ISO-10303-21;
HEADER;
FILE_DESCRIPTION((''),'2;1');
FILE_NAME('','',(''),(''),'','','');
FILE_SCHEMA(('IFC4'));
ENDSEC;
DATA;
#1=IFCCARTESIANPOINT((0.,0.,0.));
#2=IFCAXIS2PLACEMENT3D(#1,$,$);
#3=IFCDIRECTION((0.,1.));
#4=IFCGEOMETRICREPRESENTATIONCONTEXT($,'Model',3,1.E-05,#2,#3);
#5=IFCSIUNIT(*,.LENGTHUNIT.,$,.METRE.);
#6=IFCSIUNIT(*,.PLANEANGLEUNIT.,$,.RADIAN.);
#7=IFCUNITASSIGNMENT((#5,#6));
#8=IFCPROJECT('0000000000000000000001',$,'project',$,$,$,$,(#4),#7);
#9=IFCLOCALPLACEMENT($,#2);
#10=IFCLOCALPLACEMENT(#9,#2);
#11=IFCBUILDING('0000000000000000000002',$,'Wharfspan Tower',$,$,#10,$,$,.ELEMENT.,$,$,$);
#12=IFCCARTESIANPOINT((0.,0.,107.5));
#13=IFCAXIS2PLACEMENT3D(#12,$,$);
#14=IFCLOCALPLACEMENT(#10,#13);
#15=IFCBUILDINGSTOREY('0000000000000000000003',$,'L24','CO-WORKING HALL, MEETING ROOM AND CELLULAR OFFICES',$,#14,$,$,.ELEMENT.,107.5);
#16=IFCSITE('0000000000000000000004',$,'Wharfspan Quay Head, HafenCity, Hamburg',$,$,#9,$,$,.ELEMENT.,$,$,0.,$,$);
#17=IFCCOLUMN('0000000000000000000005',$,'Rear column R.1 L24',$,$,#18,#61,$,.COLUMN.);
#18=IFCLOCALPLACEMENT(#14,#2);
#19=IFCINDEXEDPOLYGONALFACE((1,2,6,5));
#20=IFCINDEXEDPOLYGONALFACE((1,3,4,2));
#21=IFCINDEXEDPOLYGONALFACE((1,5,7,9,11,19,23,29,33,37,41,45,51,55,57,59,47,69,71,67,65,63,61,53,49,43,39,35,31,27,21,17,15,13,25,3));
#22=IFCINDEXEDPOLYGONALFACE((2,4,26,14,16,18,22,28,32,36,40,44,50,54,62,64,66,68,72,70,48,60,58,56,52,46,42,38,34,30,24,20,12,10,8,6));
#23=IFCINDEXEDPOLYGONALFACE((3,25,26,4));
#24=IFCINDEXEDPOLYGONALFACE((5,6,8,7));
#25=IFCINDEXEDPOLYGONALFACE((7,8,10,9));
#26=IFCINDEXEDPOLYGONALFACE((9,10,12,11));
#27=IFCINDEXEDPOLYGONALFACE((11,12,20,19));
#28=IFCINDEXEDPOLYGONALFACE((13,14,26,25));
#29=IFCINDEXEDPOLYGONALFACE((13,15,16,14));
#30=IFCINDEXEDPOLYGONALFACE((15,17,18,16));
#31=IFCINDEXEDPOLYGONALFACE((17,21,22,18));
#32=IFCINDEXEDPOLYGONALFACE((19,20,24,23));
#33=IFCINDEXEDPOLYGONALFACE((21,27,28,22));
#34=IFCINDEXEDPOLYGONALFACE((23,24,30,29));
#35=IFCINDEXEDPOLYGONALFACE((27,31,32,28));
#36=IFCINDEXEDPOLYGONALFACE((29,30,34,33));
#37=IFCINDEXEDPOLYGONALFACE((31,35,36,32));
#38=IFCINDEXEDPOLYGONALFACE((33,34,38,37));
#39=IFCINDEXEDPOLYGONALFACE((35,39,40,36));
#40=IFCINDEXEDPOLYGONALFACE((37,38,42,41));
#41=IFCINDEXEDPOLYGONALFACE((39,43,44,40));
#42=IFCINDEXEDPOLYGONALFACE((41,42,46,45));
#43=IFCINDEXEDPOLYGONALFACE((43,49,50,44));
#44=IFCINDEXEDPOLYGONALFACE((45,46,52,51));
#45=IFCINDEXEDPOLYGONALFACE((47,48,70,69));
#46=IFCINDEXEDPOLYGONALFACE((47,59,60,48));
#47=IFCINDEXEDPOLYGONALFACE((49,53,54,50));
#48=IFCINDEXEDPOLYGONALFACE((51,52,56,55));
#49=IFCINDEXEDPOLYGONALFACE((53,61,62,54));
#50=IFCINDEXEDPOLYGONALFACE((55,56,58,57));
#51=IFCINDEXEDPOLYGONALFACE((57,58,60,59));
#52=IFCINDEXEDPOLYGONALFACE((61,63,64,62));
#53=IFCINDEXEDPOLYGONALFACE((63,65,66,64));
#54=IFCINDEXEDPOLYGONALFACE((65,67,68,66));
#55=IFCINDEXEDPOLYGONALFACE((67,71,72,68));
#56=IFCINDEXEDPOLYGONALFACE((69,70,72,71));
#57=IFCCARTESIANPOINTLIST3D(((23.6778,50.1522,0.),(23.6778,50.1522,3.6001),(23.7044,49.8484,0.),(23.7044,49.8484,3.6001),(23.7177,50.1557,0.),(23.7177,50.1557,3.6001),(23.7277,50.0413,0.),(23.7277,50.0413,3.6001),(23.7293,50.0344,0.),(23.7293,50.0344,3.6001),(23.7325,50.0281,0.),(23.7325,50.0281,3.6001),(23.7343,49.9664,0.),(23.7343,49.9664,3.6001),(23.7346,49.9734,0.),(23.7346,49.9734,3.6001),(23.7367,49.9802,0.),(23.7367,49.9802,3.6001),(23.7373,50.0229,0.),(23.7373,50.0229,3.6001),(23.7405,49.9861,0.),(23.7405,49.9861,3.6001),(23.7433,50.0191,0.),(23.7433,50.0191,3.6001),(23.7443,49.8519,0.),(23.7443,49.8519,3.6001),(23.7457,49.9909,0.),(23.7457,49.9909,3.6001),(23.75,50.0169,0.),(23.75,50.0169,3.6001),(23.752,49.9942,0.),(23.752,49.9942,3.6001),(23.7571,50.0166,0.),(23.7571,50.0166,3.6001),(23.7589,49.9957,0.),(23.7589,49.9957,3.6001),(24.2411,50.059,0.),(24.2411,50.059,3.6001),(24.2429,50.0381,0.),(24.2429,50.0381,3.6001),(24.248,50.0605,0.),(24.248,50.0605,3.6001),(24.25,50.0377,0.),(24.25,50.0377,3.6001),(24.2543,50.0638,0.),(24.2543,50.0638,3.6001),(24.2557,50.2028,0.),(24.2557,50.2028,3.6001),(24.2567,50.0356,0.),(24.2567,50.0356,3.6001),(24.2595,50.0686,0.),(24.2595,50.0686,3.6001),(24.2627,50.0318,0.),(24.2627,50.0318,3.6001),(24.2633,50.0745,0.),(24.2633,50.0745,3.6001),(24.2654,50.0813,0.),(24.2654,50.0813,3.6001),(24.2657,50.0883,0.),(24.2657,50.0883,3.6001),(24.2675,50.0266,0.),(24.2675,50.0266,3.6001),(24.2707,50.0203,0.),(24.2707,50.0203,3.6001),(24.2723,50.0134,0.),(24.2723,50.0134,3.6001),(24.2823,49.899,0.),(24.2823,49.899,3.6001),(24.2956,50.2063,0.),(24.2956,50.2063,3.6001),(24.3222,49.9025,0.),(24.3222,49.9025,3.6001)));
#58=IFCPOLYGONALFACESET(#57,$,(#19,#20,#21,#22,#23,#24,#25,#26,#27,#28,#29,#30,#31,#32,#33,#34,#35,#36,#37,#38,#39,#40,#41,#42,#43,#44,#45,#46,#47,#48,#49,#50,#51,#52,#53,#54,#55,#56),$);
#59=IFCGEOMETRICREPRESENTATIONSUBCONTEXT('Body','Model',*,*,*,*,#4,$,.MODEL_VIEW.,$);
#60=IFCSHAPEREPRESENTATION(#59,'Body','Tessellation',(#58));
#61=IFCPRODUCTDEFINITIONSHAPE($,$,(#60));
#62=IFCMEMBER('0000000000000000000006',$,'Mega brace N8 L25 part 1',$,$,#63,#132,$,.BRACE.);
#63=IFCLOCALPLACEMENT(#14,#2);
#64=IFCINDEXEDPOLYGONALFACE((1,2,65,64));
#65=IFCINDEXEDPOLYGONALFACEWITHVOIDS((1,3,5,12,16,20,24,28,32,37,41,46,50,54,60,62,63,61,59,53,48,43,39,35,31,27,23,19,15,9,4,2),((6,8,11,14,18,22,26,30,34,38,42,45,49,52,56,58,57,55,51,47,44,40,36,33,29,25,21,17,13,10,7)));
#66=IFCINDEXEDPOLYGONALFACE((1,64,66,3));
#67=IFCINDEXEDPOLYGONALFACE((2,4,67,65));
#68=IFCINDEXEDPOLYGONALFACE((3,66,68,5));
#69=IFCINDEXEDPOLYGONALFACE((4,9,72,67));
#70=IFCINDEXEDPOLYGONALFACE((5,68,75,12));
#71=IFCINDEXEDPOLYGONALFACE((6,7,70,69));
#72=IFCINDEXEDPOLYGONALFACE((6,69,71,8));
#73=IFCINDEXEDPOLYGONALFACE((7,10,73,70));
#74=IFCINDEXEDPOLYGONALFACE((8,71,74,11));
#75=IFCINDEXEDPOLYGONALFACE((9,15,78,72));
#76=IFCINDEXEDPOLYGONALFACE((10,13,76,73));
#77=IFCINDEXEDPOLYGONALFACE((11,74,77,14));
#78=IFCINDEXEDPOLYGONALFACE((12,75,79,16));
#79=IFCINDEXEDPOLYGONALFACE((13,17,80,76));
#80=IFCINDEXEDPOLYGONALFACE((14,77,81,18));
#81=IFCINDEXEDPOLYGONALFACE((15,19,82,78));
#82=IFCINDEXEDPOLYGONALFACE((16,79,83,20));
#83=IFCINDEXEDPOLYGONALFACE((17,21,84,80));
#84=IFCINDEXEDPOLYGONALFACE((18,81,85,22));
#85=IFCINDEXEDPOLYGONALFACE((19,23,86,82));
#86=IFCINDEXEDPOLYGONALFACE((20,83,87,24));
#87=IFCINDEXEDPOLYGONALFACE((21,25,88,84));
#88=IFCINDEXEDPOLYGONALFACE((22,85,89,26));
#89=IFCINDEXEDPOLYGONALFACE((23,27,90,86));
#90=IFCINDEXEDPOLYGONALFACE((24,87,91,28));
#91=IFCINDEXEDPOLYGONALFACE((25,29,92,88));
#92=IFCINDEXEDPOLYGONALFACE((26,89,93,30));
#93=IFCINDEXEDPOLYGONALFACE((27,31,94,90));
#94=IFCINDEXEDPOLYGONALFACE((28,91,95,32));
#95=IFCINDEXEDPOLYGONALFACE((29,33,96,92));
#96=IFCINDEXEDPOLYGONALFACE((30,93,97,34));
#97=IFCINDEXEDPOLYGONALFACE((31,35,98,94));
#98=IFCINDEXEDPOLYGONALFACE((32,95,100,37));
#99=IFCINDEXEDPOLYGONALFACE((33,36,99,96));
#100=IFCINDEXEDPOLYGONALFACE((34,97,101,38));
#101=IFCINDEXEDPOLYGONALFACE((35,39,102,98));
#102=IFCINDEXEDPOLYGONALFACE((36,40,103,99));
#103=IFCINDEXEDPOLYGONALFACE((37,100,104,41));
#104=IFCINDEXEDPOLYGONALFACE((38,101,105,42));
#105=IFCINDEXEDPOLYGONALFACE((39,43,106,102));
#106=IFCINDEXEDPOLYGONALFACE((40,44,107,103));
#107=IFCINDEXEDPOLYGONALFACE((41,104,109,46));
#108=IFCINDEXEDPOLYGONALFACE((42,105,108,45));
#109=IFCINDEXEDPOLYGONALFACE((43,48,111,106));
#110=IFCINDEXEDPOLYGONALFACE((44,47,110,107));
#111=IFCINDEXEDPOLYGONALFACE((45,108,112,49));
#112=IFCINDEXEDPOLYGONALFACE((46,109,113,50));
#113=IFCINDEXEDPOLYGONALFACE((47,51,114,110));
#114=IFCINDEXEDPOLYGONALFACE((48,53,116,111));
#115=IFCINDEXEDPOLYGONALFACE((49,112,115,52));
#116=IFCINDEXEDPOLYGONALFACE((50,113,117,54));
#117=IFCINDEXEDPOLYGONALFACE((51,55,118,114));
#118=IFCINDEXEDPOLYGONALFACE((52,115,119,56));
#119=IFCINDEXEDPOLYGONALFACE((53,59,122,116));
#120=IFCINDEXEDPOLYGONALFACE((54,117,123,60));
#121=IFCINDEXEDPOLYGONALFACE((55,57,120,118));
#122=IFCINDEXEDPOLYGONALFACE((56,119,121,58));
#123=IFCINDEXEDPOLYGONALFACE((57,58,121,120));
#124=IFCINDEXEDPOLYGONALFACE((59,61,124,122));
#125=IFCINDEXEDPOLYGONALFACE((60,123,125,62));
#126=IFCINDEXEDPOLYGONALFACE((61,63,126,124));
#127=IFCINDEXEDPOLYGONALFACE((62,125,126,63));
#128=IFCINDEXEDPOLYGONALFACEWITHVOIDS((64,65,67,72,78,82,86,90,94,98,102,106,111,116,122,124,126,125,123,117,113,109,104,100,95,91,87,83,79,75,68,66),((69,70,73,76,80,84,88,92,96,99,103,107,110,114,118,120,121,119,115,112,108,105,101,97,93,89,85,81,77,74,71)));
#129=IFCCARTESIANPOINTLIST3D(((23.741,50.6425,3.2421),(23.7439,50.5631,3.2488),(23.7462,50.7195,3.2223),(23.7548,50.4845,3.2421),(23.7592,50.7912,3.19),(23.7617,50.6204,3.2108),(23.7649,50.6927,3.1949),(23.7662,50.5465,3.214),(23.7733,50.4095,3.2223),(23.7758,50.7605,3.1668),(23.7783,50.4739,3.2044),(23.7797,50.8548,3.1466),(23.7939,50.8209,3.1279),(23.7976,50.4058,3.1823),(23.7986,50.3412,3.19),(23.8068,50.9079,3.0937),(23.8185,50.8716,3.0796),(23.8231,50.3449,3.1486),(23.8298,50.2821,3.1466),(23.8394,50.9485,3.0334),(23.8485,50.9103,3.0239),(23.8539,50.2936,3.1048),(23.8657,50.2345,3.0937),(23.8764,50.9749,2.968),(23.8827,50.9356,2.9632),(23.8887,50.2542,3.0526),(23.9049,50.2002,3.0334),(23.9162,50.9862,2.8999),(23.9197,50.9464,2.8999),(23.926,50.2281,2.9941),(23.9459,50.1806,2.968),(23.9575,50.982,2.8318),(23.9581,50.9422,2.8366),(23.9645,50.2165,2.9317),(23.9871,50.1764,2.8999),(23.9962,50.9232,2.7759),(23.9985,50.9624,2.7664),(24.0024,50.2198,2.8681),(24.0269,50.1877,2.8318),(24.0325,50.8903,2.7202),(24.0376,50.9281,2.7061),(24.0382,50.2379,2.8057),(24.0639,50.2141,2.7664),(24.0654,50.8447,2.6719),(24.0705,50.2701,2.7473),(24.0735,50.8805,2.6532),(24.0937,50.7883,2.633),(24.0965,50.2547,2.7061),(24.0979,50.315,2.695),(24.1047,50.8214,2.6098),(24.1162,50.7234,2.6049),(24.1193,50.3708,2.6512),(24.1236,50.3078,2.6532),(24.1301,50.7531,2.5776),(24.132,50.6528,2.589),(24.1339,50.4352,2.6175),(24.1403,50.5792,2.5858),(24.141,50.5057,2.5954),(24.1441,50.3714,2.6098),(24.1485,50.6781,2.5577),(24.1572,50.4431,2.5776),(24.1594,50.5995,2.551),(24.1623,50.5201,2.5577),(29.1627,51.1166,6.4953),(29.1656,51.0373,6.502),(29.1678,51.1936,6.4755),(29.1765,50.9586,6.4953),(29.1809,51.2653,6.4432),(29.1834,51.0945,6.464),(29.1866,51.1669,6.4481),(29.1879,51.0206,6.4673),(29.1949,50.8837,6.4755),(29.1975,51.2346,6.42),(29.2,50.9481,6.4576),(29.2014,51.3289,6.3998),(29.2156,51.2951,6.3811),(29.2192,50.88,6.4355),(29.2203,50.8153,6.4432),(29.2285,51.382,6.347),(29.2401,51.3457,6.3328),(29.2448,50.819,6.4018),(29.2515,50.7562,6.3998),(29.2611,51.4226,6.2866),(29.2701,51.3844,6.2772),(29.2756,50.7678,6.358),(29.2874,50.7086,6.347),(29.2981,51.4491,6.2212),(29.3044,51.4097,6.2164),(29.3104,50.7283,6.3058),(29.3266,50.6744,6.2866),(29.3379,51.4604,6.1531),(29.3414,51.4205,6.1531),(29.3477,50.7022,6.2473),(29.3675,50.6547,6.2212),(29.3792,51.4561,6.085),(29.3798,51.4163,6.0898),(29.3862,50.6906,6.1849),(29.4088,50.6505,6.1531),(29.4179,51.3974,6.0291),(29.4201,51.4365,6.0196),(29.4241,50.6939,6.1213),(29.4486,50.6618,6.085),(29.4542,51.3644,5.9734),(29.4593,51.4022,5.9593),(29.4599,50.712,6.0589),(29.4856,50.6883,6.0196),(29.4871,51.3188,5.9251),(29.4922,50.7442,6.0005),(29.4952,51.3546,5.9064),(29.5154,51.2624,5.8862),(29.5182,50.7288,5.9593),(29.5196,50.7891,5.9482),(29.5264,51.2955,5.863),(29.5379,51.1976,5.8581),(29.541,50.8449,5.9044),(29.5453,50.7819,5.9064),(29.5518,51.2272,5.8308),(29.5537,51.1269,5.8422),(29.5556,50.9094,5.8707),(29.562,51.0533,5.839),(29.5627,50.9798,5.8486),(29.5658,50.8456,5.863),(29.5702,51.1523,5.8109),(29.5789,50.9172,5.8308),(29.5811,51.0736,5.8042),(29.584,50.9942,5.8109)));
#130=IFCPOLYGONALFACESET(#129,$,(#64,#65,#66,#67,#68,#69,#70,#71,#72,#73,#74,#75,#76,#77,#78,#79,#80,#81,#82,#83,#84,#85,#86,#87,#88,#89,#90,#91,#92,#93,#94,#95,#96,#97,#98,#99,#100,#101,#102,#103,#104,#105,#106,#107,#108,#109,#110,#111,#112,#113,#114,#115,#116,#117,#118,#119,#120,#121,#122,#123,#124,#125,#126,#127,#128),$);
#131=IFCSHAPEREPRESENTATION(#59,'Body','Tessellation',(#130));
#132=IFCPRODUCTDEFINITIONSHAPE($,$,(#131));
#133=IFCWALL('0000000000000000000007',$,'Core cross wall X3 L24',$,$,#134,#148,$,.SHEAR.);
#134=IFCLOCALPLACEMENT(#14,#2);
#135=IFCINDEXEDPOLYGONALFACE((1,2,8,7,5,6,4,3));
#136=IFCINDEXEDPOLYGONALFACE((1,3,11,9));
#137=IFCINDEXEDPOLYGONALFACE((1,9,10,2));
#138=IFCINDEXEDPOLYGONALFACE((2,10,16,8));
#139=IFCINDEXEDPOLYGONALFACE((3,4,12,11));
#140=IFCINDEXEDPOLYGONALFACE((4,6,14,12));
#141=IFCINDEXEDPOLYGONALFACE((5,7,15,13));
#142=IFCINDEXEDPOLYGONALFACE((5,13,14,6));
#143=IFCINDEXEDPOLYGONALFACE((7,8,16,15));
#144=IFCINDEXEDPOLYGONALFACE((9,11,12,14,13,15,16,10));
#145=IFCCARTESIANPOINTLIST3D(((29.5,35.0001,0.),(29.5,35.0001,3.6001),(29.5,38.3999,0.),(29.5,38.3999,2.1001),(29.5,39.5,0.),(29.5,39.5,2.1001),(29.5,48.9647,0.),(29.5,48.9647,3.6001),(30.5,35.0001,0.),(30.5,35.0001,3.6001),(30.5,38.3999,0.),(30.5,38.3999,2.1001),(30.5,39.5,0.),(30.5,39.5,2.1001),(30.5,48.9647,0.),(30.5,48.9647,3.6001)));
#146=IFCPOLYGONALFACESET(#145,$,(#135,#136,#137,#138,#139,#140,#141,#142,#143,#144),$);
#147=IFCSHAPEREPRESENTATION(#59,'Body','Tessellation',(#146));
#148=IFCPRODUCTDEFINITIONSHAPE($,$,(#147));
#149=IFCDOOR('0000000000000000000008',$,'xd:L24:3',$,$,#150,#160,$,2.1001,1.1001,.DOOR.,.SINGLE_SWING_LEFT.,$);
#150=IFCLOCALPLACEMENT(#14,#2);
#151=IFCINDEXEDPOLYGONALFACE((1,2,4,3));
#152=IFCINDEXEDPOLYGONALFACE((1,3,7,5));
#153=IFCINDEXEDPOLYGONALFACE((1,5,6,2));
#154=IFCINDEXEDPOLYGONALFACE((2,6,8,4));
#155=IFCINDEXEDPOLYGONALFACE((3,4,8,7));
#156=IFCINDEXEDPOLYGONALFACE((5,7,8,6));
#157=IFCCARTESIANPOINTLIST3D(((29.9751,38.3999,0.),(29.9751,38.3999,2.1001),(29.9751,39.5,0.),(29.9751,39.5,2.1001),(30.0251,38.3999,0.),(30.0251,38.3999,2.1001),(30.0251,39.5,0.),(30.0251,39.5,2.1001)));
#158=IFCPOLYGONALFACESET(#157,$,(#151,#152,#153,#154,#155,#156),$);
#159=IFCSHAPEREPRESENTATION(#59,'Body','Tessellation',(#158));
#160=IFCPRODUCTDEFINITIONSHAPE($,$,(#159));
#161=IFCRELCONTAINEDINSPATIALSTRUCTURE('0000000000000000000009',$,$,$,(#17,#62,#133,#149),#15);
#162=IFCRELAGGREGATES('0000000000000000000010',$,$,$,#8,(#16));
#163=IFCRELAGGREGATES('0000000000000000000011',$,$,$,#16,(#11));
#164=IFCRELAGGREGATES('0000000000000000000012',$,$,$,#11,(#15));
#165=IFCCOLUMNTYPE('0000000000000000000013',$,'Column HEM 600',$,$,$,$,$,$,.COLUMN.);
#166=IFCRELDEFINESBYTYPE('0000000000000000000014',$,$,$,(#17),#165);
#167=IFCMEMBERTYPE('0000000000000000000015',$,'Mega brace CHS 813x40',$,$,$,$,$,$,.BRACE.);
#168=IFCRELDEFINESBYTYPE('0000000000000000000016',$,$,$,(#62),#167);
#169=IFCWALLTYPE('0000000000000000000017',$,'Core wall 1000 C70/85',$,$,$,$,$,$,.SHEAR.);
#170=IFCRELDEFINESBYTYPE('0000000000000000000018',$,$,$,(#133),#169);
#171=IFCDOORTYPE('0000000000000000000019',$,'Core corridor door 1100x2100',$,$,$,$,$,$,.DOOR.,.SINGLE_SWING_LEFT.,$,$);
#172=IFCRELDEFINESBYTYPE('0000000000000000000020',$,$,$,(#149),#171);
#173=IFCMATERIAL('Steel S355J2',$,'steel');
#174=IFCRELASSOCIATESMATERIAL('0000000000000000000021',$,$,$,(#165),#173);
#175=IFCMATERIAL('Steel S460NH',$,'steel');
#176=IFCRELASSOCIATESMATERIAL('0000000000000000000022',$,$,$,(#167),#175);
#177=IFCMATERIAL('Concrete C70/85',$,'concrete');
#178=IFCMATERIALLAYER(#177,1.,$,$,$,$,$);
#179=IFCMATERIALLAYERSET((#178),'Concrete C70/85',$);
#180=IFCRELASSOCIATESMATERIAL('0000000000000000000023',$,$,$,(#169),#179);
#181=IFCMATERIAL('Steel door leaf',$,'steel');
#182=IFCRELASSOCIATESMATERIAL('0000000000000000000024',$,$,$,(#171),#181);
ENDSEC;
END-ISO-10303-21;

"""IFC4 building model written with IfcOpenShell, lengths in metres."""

from ifc_helpers import new_model, si_unit, direction, frame, frame_2d, origin, origin_2d, place, context, subcontext, project, spatial, rectangle, hollow_circle, i_section, extrude, material, layer, layer_set, material_profile, profile_set, type_object, element, fill, save


model = new_model("IFC4")

# Units and contexts
model_context = context("Model", 3, precision=1e-05, world=origin(), true_north=direction((0.0, 1.0)))
body_context = subcontext(model_context, "Body", "Model", "MODEL_VIEW")
ifc_project = project(units=[si_unit("LENGTHUNIT", "METRE"), si_unit("PLANEANGLEUNIT", "RADIAN")], contexts=[model_context])

# Site, building, storey
site_placement = place(None, origin())
site = spatial("IfcSite", under=ifc_project, at=site_placement, Name="Wharfspan Quay Head, HafenCity, Hamburg", CompositionType="ELEMENT", RefElevation=0.0)
building_placement = place(site_placement, origin())
building = spatial("IfcBuilding", under=site, at=building_placement, Name="Wharfspan Tower", CompositionType="ELEMENT")
storey_placement = place(building_placement, frame((0.0, 0.0, 107.5)))
storey = spatial("IfcBuildingStorey", under=building, at=storey_placement, Name="L24", Description="CO-WORKING HALL, MEETING ROOM AND CELLULAR OFFICES", CompositionType="ELEMENT", Elevation=107.5)

# Column
ifc_material_1 = material(Name="Steel S355J2", Category="steel")
ifc_material_profile_1 = material_profile(ifc_material_1, i_section(OverallWidth=0.3049, OverallDepth=0.6201, WebThickness=0.021, FlangeThickness=0.04, FilletRadius=0.0271, at=origin_2d()))
ifc_profile_set_1 = profile_set([ifc_material_profile_1], Name="Steel S355J2")
column_type = type_object("IfcColumnType", Name="Column HEM 600", PredefinedType="COLUMN", material=ifc_profile_set_1)
column_placement = place(storey_placement, frame((24.0, 50.0273, 0.0), z_axis=(0.0, 0.0, 1.0), x_axis=(-0.087156, 0.996198, 0.0)))
element("IfcColumn", 1, at=column_placement, inside=storey, type_object=column_type, Name="Rear column R.1 L24", PredefinedType="COLUMN", context=body_context, shape_type="SweptSolid", body=[
    extrude(i_section(OverallWidth=0.3049, OverallDepth=0.6201, WebThickness=0.021, FlangeThickness=0.04, FilletRadius=0.0271, at=origin_2d()), origin(), (0.0, 0.0, 1.0), 3.6001),
])

# Member
ifc_material_2 = material(Name="Steel S460NH", Category="steel")
ifc_material_profile_2 = material_profile(ifc_material_2, hollow_circle(Radius=0.4065, WallThickness=0.04, at=origin_2d()))
ifc_profile_set_2 = profile_set([ifc_material_profile_2], Name="Steel S460NH")
member_type = type_object("IfcMemberType", Name="Mega brace CHS 813x40", PredefinedType="BRACE", material=ifc_profile_set_2)
member_placement = place(storey_placement, frame((23.9517, 50.5813, 2.8999), z_axis=(0.855079, 0.074777, 0.513078), x_axis=(-0.087118, 0.996199, 0.0)))
element("IfcMember", 2, at=member_placement, inside=storey, type_object=member_type, Name="Mega brace N8 L25 part 1", PredefinedType="BRACE", context=body_context, shape_type="SweptSolid", body=[
    extrude(hollow_circle(Radius=0.4065, WallThickness=0.04, at=origin_2d()), origin(), (0.0, 0.0, 1.0), 6.3406),
])

# Wall, opening, door
ifc_material_3 = material(Name="Concrete C70/85", Category="concrete")
ifc_layer_1 = layer(ifc_material_3, 1.0)
ifc_layer_set_1 = layer_set([ifc_layer_1], Name="Concrete C70/85")
wall_type_1 = type_object("IfcWallType", Name="Core wall 1000 C70/85", PredefinedType="SHEAR", material=ifc_layer_set_1)
wall_1_placement = place(storey_placement, frame((30.0, 35.0, 0.0), z_axis=(0.0, 0.0, 1.0), x_axis=(0.0, 1.0, 0.0)))
wall_1 = element("IfcWall", 3, at=wall_1_placement, inside=storey, type_object=wall_type_1, Name="Core cross wall X3 L24", PredefinedType="SHEAR", context=body_context, shape_type="SweptSolid", body=[
    extrude(rectangle(XDim=13.9646, YDim=1.0, at=frame_2d((6.9824, 0.0))), origin(), (0.0, 0.0, 1.0), 3.6001),
])
opening_1_placement = place(wall_1_placement, frame((3.3999, 0.0, 0.0)))
opening_1 = element("IfcOpeningElement", 4, at=opening_1_placement, cuts=wall_1, PredefinedType="OPENING", context=body_context, shape_type="SweptSolid", body=[
    extrude(rectangle(XDim=1.1001, YDim=2.1001, at=frame_2d((0.55, 1.05))), frame((0.0, 0.51, 0.0), z_axis=(0.0, -1.0, 0.0), x_axis=(1.0, 0.0, 0.0)), (0.0, 0.0, 1.0), 1.02),
])
ifc_material_4 = material(Name="Steel door leaf", Category="steel")
door_type_1 = type_object("IfcDoorType", Name="Core corridor door 1100x2100", OperationType="SINGLE_SWING_LEFT", PredefinedType="DOOR", material=ifc_material_4)
door_1_placement = place(opening_1_placement, origin())
door_1 = element("IfcDoor", 5, at=door_1_placement, inside=storey, type_object=door_type_1, Name="xd:L24:3", OperationType="SINGLE_SWING_LEFT", OverallHeight=2.1001, OverallWidth=1.1001, PredefinedType="DOOR", context=body_context, shape_type="SweptSolid", body=[
    extrude(rectangle(XDim=1.1001, YDim=2.1001, at=frame_2d((0.55, 1.05))), frame((0.0, 0.0249, 0.0), z_axis=(0.0, -1.0, 0.0), x_axis=(1.0, 0.0, 0.0)), (0.0, 0.0, 1.0), 0.05),
])
fill(opening_1, door_1)

save(model, "model.ifc")
